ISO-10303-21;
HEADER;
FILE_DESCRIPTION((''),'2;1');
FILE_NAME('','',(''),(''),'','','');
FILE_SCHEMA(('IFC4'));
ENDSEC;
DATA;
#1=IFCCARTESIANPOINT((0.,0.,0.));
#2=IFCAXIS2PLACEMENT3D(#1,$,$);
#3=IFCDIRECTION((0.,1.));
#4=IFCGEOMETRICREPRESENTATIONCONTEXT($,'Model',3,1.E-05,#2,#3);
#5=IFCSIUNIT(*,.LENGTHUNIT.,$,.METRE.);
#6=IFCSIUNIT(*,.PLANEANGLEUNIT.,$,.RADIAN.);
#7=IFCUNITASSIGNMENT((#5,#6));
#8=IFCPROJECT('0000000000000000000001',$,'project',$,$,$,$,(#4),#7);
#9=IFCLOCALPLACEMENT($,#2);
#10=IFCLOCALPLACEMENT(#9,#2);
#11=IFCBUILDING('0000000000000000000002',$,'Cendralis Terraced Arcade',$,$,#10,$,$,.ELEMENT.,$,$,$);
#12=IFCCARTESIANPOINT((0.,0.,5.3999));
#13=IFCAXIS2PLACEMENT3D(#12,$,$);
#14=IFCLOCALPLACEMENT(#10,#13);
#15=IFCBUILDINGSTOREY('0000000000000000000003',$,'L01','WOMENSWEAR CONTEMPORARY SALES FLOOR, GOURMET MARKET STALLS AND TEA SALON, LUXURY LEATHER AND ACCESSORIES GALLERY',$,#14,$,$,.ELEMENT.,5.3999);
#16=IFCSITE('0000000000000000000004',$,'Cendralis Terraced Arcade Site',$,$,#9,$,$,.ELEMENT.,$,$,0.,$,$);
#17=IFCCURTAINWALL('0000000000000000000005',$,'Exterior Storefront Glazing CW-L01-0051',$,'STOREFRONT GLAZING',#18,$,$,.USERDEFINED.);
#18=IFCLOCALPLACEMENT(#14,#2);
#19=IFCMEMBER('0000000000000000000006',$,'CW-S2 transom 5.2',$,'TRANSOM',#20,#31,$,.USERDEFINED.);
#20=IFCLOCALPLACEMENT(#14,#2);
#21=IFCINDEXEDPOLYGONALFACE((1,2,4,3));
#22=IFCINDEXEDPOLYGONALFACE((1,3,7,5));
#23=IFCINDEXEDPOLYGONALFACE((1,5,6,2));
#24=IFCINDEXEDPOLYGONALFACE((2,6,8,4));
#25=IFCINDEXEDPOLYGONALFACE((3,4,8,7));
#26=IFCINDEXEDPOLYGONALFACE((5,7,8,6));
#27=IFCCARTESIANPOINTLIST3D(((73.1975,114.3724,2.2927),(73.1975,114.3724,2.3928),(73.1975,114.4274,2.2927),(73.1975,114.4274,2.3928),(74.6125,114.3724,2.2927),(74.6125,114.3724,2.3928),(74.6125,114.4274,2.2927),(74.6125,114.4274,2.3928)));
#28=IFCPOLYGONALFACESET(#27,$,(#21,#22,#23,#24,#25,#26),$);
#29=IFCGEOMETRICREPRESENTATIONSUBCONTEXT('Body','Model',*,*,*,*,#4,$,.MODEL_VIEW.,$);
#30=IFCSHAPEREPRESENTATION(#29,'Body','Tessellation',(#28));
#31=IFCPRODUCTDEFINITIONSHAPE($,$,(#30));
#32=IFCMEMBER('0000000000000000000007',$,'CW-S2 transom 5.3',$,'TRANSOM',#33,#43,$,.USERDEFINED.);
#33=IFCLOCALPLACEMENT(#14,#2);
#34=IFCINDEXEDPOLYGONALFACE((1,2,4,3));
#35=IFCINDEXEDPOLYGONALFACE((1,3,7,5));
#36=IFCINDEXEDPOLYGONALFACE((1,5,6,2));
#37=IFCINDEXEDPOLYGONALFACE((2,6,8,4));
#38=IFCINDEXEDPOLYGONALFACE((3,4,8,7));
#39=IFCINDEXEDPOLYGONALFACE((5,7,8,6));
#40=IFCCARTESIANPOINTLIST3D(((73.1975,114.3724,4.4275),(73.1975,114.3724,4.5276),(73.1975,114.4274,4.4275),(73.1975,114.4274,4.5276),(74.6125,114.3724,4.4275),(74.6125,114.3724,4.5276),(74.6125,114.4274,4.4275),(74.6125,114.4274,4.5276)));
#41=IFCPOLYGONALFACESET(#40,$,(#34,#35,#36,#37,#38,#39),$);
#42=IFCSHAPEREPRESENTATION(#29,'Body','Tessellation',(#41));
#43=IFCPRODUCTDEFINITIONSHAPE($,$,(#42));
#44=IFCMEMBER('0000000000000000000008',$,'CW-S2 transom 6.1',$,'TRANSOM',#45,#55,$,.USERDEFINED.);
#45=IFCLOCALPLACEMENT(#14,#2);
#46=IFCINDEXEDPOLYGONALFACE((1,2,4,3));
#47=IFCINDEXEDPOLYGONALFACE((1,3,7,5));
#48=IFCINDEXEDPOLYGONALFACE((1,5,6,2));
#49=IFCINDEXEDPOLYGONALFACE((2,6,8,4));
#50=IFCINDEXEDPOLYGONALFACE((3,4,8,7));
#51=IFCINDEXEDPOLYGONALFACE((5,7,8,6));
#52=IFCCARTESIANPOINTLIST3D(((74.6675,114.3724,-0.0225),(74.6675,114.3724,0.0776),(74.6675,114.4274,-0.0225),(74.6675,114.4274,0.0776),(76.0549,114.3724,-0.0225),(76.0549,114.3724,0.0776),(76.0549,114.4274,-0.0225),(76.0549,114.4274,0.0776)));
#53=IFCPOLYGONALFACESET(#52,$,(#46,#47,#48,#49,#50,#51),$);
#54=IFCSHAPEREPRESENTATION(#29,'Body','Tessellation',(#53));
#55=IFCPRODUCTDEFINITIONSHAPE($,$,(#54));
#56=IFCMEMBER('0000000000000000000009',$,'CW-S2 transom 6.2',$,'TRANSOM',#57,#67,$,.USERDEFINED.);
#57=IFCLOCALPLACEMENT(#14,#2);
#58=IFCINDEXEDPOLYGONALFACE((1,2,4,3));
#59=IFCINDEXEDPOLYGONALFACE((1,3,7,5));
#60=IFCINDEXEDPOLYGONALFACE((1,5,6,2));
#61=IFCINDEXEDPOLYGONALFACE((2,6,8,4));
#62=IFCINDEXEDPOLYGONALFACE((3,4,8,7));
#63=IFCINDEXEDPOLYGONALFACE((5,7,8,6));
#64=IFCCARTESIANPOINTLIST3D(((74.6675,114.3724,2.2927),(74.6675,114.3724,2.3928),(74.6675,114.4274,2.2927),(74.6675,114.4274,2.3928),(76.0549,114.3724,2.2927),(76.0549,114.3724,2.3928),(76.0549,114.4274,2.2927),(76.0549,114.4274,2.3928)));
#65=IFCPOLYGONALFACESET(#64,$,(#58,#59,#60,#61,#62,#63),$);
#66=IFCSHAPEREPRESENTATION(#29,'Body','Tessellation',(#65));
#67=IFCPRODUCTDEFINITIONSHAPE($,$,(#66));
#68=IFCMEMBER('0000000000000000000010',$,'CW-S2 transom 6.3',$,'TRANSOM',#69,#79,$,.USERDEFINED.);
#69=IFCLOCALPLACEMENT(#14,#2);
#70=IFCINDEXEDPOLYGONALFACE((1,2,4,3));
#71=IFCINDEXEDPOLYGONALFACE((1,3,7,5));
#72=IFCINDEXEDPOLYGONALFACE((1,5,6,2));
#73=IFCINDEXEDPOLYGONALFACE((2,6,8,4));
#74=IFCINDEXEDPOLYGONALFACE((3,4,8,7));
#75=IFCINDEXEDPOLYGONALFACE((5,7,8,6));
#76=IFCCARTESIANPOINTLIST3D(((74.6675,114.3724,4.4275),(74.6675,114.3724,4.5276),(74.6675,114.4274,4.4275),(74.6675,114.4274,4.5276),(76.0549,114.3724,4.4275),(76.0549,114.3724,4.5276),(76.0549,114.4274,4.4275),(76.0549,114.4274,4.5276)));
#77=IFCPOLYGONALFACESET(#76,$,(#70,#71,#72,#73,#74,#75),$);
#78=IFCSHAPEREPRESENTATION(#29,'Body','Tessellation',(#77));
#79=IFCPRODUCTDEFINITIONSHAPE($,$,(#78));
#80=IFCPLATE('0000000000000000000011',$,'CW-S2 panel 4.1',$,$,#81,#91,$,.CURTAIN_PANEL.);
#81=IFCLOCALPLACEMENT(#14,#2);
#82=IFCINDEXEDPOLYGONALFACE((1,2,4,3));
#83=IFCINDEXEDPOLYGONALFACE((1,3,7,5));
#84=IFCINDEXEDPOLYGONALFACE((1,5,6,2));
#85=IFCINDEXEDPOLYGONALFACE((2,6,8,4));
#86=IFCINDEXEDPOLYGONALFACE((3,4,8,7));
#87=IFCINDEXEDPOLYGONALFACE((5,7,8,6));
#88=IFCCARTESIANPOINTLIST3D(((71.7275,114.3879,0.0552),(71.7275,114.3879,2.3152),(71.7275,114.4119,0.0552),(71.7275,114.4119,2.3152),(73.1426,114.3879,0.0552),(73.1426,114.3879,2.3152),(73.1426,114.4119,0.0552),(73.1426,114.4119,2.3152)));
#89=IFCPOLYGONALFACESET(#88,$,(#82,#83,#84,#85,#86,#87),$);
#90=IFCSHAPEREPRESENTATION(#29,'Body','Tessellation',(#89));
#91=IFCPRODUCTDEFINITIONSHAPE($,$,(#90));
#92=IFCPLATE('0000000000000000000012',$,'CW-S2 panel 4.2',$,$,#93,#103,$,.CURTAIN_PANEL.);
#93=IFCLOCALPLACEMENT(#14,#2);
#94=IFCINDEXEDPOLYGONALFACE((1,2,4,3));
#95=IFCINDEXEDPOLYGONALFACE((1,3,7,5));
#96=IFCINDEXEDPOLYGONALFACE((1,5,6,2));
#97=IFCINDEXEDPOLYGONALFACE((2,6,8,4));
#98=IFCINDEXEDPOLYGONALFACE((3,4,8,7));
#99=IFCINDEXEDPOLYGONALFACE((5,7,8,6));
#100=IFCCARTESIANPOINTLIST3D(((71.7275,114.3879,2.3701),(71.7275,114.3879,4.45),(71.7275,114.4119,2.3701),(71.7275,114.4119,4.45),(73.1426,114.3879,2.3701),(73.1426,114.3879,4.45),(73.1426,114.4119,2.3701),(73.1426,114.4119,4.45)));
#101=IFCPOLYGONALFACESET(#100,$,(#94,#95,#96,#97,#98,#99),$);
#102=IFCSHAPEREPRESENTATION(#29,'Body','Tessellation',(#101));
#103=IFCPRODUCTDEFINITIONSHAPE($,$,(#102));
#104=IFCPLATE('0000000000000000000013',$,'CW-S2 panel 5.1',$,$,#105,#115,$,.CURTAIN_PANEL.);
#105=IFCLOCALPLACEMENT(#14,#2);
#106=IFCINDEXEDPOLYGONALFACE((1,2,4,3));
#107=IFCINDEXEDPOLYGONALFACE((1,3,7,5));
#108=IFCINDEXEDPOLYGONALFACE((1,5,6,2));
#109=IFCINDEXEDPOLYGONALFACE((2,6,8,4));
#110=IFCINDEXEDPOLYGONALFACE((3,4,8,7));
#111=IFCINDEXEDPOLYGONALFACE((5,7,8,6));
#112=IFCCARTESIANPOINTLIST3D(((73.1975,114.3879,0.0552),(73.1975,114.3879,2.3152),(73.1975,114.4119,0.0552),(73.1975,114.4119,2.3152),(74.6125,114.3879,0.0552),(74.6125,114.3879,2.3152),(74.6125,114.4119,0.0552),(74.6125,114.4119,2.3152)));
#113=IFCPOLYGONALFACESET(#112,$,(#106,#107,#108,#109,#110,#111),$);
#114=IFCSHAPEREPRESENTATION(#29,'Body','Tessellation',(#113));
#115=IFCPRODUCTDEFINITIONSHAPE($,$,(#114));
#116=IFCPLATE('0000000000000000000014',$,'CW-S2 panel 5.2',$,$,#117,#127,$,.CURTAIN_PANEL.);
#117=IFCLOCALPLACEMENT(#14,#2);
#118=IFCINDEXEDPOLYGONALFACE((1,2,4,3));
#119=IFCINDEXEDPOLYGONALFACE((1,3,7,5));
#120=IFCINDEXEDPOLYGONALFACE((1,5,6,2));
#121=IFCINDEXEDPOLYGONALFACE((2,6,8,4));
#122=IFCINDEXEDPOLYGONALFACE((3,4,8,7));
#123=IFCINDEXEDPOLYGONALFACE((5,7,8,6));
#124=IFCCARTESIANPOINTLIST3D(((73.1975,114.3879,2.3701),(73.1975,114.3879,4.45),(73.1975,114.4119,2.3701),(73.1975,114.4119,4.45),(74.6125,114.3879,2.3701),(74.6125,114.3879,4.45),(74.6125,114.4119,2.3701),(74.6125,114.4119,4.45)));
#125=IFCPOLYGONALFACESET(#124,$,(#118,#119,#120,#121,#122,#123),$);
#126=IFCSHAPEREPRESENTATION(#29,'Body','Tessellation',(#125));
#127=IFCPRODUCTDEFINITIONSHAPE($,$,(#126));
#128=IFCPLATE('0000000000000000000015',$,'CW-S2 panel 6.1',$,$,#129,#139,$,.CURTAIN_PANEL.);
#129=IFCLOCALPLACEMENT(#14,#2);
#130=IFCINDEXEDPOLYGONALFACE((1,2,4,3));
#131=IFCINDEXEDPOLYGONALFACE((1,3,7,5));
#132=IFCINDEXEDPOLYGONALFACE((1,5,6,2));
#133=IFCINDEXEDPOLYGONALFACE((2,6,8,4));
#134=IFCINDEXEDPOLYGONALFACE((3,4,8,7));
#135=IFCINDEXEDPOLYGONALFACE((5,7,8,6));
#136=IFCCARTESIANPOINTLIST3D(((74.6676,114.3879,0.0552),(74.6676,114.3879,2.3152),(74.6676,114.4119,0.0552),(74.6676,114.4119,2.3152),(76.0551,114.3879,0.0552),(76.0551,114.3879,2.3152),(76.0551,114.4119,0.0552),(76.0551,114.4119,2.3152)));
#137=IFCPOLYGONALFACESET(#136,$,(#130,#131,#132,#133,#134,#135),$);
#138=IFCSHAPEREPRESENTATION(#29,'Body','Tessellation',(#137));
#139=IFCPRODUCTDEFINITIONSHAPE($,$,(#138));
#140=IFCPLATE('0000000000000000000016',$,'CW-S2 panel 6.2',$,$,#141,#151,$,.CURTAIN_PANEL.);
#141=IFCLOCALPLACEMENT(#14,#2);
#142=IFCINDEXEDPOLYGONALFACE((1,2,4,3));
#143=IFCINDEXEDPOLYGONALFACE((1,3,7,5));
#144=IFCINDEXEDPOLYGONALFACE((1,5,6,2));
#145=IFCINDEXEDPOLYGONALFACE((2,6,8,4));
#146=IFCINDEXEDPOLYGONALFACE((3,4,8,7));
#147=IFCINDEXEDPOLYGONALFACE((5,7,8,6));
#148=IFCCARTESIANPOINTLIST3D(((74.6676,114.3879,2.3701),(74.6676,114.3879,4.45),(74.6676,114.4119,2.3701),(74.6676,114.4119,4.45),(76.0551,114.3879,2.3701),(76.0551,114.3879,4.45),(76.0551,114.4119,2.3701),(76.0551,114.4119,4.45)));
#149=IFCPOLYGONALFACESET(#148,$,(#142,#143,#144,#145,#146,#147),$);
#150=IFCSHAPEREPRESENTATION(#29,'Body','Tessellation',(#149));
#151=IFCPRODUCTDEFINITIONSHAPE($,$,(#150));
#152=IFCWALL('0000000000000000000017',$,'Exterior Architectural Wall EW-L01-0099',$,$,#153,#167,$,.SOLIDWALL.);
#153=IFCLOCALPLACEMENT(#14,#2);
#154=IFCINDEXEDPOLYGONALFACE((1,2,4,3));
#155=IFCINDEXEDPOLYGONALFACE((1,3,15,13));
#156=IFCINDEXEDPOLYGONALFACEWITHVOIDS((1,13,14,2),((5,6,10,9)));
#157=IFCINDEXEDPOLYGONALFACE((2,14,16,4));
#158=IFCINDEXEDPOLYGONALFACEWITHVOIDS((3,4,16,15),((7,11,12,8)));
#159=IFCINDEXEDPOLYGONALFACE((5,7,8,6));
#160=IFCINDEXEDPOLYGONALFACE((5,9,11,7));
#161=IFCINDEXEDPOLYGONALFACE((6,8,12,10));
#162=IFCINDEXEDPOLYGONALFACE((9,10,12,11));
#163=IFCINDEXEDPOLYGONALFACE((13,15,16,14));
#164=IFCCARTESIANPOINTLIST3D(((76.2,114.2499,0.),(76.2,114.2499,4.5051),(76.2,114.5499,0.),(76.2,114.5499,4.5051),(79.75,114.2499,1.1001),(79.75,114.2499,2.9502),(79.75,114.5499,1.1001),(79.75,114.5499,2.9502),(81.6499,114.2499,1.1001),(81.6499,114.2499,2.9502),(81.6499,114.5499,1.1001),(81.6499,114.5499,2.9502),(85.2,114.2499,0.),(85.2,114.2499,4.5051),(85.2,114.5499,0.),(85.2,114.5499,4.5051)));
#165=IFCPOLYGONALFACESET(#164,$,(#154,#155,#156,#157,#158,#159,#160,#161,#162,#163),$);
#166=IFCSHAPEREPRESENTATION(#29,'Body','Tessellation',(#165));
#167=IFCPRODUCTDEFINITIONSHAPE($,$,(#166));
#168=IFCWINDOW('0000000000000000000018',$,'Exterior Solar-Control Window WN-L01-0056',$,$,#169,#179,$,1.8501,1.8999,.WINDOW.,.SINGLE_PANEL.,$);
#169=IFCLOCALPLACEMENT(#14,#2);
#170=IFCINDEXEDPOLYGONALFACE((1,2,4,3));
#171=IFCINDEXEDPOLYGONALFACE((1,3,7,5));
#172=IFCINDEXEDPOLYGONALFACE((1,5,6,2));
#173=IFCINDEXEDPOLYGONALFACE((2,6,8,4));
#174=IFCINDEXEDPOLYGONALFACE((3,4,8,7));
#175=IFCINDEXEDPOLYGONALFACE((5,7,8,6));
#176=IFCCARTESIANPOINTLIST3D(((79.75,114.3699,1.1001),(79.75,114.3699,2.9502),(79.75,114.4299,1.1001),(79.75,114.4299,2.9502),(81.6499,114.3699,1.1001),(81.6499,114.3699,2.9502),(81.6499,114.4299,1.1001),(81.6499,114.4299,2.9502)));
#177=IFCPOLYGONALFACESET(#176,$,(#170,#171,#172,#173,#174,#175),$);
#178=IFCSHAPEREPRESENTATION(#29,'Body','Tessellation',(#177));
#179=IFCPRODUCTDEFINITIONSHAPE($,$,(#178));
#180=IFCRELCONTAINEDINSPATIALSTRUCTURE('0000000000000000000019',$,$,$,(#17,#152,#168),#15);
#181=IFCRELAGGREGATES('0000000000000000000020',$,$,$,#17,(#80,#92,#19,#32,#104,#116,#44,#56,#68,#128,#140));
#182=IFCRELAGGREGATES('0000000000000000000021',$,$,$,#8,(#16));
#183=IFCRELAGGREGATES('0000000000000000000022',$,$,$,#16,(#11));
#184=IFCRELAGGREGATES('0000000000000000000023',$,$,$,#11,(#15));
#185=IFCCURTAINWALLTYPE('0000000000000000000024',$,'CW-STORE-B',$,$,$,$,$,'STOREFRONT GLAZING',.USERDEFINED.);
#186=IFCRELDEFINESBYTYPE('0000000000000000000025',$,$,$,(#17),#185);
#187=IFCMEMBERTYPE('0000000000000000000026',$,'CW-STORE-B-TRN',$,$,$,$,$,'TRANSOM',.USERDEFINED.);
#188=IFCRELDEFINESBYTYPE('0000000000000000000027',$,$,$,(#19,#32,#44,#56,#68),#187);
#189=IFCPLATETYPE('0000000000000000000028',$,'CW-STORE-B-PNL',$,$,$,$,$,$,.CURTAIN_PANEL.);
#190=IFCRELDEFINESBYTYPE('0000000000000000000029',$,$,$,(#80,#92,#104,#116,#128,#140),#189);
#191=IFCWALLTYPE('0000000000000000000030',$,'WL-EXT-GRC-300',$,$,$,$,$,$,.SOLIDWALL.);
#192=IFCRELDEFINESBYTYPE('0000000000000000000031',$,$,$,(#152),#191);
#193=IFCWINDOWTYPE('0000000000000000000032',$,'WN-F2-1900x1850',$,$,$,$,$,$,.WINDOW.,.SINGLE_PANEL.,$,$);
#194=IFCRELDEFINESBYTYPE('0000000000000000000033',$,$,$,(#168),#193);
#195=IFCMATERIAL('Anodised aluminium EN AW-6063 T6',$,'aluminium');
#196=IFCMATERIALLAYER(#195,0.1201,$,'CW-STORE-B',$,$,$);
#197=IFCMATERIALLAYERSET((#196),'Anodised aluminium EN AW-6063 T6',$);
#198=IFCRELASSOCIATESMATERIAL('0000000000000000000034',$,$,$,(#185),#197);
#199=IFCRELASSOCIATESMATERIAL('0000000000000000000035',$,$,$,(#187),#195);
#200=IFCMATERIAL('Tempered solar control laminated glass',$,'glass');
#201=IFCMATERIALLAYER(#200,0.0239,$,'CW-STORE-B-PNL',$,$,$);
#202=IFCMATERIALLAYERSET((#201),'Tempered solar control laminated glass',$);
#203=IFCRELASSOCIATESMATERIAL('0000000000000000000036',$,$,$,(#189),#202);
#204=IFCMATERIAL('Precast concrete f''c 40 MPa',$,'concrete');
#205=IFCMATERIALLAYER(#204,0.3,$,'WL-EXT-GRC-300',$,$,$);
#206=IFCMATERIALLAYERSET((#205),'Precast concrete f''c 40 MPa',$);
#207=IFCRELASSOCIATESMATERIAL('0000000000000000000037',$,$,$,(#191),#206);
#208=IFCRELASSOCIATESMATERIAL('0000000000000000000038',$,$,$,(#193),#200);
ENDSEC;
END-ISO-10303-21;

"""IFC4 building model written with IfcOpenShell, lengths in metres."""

from ifc_helpers import new_model, si_unit, direction, frame, frame_2d, origin, origin_2d, place, context, subcontext, project, spatial, rectangle, extrude, material, layer, layer_set, material_profile, profile_set, type_object, element, fill, aggregate, save


model = new_model("IFC4")

# Units and contexts
model_context = context("Model", 3, precision=1e-05, world=origin(), true_north=direction((0.0, 1.0)))
body_context = subcontext(model_context, "Body", "Model", "MODEL_VIEW")
ifc_project = project(units=[si_unit("LENGTHUNIT", "METRE"), si_unit("PLANEANGLEUNIT", "RADIAN")], contexts=[model_context])

# Site, building, storey
site_placement = place(None, origin())
site = spatial("IfcSite", under=ifc_project, at=site_placement, Name="Cendralis Terraced Arcade Site", CompositionType="ELEMENT", RefElevation=0.0)
building_placement = place(site_placement, origin())
building = spatial("IfcBuilding", under=site, at=building_placement, Name="Cendralis Terraced Arcade", CompositionType="ELEMENT")
storey_placement = place(building_placement, frame((0.0, 0.0, 5.3999)))
storey = spatial("IfcBuildingStorey", under=building, at=storey_placement, Name="L01", Description="WOMENSWEAR CONTEMPORARY SALES FLOOR, GOURMET MARKET STALLS AND TEA SALON, LUXURY LEATHER AND ACCESSORIES GALLERY", CompositionType="ELEMENT", Elevation=5.3999)

# Curtain wall, members, plates
ifc_material_1 = material(Name="Anodised aluminium EN AW-6063 T6", Category="aluminium")
ifc_layer_1 = layer(ifc_material_1, 0.1201, Name="CW-STORE-B")
ifc_layer_set_1 = layer_set([ifc_layer_1], Name="Anodised aluminium EN AW-6063 T6")
curtain_wall_type = type_object("IfcCurtainWallType", Name="CW-STORE-B", ElementType="STOREFRONT GLAZING", PredefinedType="USERDEFINED", material=ifc_layer_set_1)
curtain_wall_placement = place(storey_placement, origin())
curtain_wall = element("IfcCurtainWall", 1, at=curtain_wall_placement, inside=storey, type_object=curtain_wall_type, Name="Exterior Storefront Glazing CW-L01-0051", ObjectType="STOREFRONT GLAZING", PredefinedType="USERDEFINED")
ifc_material_profile_1 = material_profile(ifc_material_1, rectangle(XDim=0.0549, YDim=0.1001, at=origin_2d()), Name="ALU-TRN-55x100")
ifc_profile_set_1 = profile_set([ifc_material_profile_1], Name="Anodised aluminium EN AW-6063 T6")
member_type_1 = type_object("IfcMemberType", Name="CW-STORE-B-TRN", ElementType="TRANSOM", PredefinedType="USERDEFINED", material=ifc_profile_set_1)
member_1_placement = place(storey_placement, frame((73.1975, 114.3999, 2.3428), z_axis=(1.0, 0.0, 0.0), x_axis=(0.0, 1.0, 0.0)))
member_1 = element("IfcMember", 2, at=member_1_placement, type_object=member_type_1, Name="CW-S2 transom 5.2", ObjectType="TRANSOM", PredefinedType="USERDEFINED", context=body_context, shape_type="SweptSolid", body=[
    extrude(rectangle(XDim=0.0549, YDim=0.1001, at=origin_2d()), origin(), (0.0, 0.0, 1.0), 1.415),
])
member_2_placement = place(storey_placement, frame((73.1975, 114.3999, 4.4775), z_axis=(1.0, 0.0, 0.0), x_axis=(0.0, 1.0, 0.0)))
member_2 = element("IfcMember", 3, at=member_2_placement, type_object=member_type_1, Name="CW-S2 transom 5.3", ObjectType="TRANSOM", PredefinedType="USERDEFINED", context=body_context, shape_type="SweptSolid", body=[
    extrude(rectangle(XDim=0.0549, YDim=0.1001, at=origin_2d()), origin(), (0.0, 0.0, 1.0), 1.415),
])
member_3_placement = place(storey_placement, frame((74.6675, 114.3999, 0.0276), z_axis=(1.0, 0.0, 0.0), x_axis=(0.0, 1.0, 0.0)))
member_3 = element("IfcMember", 4, at=member_3_placement, type_object=member_type_1, Name="CW-S2 transom 6.1", ObjectType="TRANSOM", PredefinedType="USERDEFINED", context=body_context, shape_type="SweptSolid", body=[
    extrude(rectangle(XDim=0.0549, YDim=0.1001, at=origin_2d()), origin(), (0.0, 0.0, 1.0), 1.3875),
])
member_4_placement = place(storey_placement, frame((74.6675, 114.3999, 2.3428), z_axis=(1.0, 0.0, 0.0), x_axis=(0.0, 1.0, 0.0)))
member_4 = element("IfcMember", 5, at=member_4_placement, type_object=member_type_1, Name="CW-S2 transom 6.2", ObjectType="TRANSOM", PredefinedType="USERDEFINED", context=body_context, shape_type="SweptSolid", body=[
    extrude(rectangle(XDim=0.0549, YDim=0.1001, at=origin_2d()), origin(), (0.0, 0.0, 1.0), 1.3875),
])
member_5_placement = place(storey_placement, frame((74.6675, 114.3999, 4.4775), z_axis=(1.0, 0.0, 0.0), x_axis=(0.0, 1.0, 0.0)))
member_5 = element("IfcMember", 6, at=member_5_placement, type_object=member_type_1, Name="CW-S2 transom 6.3", ObjectType="TRANSOM", PredefinedType="USERDEFINED", context=body_context, shape_type="SweptSolid", body=[
    extrude(rectangle(XDim=0.0549, YDim=0.1001, at=origin_2d()), origin(), (0.0, 0.0, 1.0), 1.3875),
])
ifc_material_2 = material(Name="Tempered solar control laminated glass", Category="glass")
ifc_layer_2 = layer(ifc_material_2, 0.0239, Name="CW-STORE-B-PNL")
ifc_layer_set_2 = layer_set([ifc_layer_2], Name="Tempered solar control laminated glass")
plate_type = type_object("IfcPlateType", Name="CW-STORE-B-PNL", PredefinedType="CURTAIN_PANEL", material=ifc_layer_set_2)
plate_1_placement = place(storey_placement, frame((72.4351, 114.3999, 0.0552), z_axis=(0.0, 0.0, 1.0), x_axis=(1.0, 0.0, 0.0)))
plate_1 = element("IfcPlate", 7, at=plate_1_placement, type_object=plate_type, Name="CW-S2 panel 4.1", PredefinedType="CURTAIN_PANEL", context=body_context, shape_type="SweptSolid", body=[
    extrude(rectangle(XDim=1.415, YDim=0.0239, at=origin_2d()), origin(), (0.0, 0.0, 1.0), 2.26),
])
plate_2_placement = place(storey_placement, frame((72.4351, 114.3999, 2.3701), z_axis=(0.0, 0.0, 1.0), x_axis=(1.0, 0.0, 0.0)))
plate_2 = element("IfcPlate", 8, at=plate_2_placement, type_object=plate_type, Name="CW-S2 panel 4.2", PredefinedType="CURTAIN_PANEL", context=body_context, shape_type="SweptSolid", body=[
    extrude(rectangle(XDim=1.415, YDim=0.0239, at=origin_2d()), origin(), (0.0, 0.0, 1.0), 2.0798),
])
plate_3_placement = place(storey_placement, frame((73.905, 114.3999, 0.0552), z_axis=(0.0, 0.0, 1.0), x_axis=(1.0, 0.0, 0.0)))
plate_3 = element("IfcPlate", 9, at=plate_3_placement, type_object=plate_type, Name="CW-S2 panel 5.1", PredefinedType="CURTAIN_PANEL", context=body_context, shape_type="SweptSolid", body=[
    extrude(rectangle(XDim=1.415, YDim=0.0239, at=origin_2d()), origin(), (0.0, 0.0, 1.0), 2.26),
])
plate_4_placement = place(storey_placement, frame((73.905, 114.3999, 2.3701), z_axis=(0.0, 0.0, 1.0), x_axis=(1.0, 0.0, 0.0)))
plate_4 = element("IfcPlate", 10, at=plate_4_placement, type_object=plate_type, Name="CW-S2 panel 5.2", PredefinedType="CURTAIN_PANEL", context=body_context, shape_type="SweptSolid", body=[
    extrude(rectangle(XDim=1.415, YDim=0.0239, at=origin_2d()), origin(), (0.0, 0.0, 1.0), 2.0798),
])
plate_5_placement = place(storey_placement, frame((75.3613, 114.3999, 0.0552), z_axis=(0.0, 0.0, 1.0), x_axis=(1.0, 0.0, 0.0)))
plate_5 = element("IfcPlate", 11, at=plate_5_placement, type_object=plate_type, Name="CW-S2 panel 6.1", PredefinedType="CURTAIN_PANEL", context=body_context, shape_type="SweptSolid", body=[
    extrude(rectangle(XDim=1.3875, YDim=0.0239, at=origin_2d()), origin(), (0.0, 0.0, 1.0), 2.26),
])
plate_6_placement = place(storey_placement, frame((75.3613, 114.3999, 2.3701), z_axis=(0.0, 0.0, 1.0), x_axis=(1.0, 0.0, 0.0)))
plate_6 = element("IfcPlate", 12, at=plate_6_placement, type_object=plate_type, Name="CW-S2 panel 6.2", PredefinedType="CURTAIN_PANEL", context=body_context, shape_type="SweptSolid", body=[
    extrude(rectangle(XDim=1.3875, YDim=0.0239, at=origin_2d()), origin(), (0.0, 0.0, 1.0), 2.0798),
])
aggregate(curtain_wall, [plate_1, plate_2, member_1, member_2, plate_3, plate_4, member_3, member_4, member_5, plate_5, plate_6])

# Wall, opening, window
ifc_material_3 = material(Name="Precast concrete f'c 40 MPa", Category="concrete")
ifc_layer_3 = layer(ifc_material_3, 0.3, Name="WL-EXT-GRC-300")
ifc_layer_set_3 = layer_set([ifc_layer_3], Name="Precast concrete f'c 40 MPa")
wall_type = type_object("IfcWallType", Name="WL-EXT-GRC-300", PredefinedType="SOLIDWALL", material=ifc_layer_set_3)
wall_1_placement = place(storey_placement, frame((76.2, 114.3999, 0.0), z_axis=(0.0, 0.0, 1.0), x_axis=(1.0, 0.0, 0.0)))
wall_1 = element("IfcWall", 13, at=wall_1_placement, inside=storey, type_object=wall_type, Name="Exterior Architectural Wall EW-L01-0099", PredefinedType="SOLIDWALL", context=body_context, shape_type="SweptSolid", body=[
    extrude(rectangle(XDim=9.0, YDim=0.3, at=frame_2d((4.5, 0.0))), origin(), (0.0, 0.0, 1.0), 4.5051),
])
opening_1_placement = place(wall_1_placement, frame((3.55, 0.0, 1.1001)))
opening_1 = element("IfcOpeningElement", 14, at=opening_1_placement, cuts=wall_1, PredefinedType="OPENING", context=body_context, shape_type="SweptSolid", body=[
    extrude(rectangle(XDim=1.8999, YDim=1.8501, at=frame_2d((0.95, 0.925))), frame((0.0, 0.1621, 0.0), z_axis=(0.0, -1.0, 0.0), x_axis=(1.0, 0.0, 0.0)), (0.0, 0.0, 1.0), 0.324),
])
window_type_1 = type_object("IfcWindowType", Name="WN-F2-1900x1850", PartitioningType="SINGLE_PANEL", PredefinedType="WINDOW", material=ifc_material_2)
window_1_placement = place(opening_1_placement, origin())
window_1 = element("IfcWindow", 15, at=window_1_placement, inside=storey, type_object=window_type_1, Name="Exterior Solar-Control Window WN-L01-0056", OverallHeight=1.8501, OverallWidth=1.8999, PartitioningType="SINGLE_PANEL", PredefinedType="WINDOW", context=body_context, shape_type="SweptSolid", body=[
    extrude(rectangle(XDim=1.8999, YDim=1.8501, at=frame_2d((0.95, 0.925))), frame((0.0, 0.03, 0.0), z_axis=(0.0, -1.0, 0.0), x_axis=(1.0, 0.0, 0.0)), (0.0, 0.0, 1.0), 0.0601),
])
fill(opening_1, window_1)

save(model, "model.ifc")
